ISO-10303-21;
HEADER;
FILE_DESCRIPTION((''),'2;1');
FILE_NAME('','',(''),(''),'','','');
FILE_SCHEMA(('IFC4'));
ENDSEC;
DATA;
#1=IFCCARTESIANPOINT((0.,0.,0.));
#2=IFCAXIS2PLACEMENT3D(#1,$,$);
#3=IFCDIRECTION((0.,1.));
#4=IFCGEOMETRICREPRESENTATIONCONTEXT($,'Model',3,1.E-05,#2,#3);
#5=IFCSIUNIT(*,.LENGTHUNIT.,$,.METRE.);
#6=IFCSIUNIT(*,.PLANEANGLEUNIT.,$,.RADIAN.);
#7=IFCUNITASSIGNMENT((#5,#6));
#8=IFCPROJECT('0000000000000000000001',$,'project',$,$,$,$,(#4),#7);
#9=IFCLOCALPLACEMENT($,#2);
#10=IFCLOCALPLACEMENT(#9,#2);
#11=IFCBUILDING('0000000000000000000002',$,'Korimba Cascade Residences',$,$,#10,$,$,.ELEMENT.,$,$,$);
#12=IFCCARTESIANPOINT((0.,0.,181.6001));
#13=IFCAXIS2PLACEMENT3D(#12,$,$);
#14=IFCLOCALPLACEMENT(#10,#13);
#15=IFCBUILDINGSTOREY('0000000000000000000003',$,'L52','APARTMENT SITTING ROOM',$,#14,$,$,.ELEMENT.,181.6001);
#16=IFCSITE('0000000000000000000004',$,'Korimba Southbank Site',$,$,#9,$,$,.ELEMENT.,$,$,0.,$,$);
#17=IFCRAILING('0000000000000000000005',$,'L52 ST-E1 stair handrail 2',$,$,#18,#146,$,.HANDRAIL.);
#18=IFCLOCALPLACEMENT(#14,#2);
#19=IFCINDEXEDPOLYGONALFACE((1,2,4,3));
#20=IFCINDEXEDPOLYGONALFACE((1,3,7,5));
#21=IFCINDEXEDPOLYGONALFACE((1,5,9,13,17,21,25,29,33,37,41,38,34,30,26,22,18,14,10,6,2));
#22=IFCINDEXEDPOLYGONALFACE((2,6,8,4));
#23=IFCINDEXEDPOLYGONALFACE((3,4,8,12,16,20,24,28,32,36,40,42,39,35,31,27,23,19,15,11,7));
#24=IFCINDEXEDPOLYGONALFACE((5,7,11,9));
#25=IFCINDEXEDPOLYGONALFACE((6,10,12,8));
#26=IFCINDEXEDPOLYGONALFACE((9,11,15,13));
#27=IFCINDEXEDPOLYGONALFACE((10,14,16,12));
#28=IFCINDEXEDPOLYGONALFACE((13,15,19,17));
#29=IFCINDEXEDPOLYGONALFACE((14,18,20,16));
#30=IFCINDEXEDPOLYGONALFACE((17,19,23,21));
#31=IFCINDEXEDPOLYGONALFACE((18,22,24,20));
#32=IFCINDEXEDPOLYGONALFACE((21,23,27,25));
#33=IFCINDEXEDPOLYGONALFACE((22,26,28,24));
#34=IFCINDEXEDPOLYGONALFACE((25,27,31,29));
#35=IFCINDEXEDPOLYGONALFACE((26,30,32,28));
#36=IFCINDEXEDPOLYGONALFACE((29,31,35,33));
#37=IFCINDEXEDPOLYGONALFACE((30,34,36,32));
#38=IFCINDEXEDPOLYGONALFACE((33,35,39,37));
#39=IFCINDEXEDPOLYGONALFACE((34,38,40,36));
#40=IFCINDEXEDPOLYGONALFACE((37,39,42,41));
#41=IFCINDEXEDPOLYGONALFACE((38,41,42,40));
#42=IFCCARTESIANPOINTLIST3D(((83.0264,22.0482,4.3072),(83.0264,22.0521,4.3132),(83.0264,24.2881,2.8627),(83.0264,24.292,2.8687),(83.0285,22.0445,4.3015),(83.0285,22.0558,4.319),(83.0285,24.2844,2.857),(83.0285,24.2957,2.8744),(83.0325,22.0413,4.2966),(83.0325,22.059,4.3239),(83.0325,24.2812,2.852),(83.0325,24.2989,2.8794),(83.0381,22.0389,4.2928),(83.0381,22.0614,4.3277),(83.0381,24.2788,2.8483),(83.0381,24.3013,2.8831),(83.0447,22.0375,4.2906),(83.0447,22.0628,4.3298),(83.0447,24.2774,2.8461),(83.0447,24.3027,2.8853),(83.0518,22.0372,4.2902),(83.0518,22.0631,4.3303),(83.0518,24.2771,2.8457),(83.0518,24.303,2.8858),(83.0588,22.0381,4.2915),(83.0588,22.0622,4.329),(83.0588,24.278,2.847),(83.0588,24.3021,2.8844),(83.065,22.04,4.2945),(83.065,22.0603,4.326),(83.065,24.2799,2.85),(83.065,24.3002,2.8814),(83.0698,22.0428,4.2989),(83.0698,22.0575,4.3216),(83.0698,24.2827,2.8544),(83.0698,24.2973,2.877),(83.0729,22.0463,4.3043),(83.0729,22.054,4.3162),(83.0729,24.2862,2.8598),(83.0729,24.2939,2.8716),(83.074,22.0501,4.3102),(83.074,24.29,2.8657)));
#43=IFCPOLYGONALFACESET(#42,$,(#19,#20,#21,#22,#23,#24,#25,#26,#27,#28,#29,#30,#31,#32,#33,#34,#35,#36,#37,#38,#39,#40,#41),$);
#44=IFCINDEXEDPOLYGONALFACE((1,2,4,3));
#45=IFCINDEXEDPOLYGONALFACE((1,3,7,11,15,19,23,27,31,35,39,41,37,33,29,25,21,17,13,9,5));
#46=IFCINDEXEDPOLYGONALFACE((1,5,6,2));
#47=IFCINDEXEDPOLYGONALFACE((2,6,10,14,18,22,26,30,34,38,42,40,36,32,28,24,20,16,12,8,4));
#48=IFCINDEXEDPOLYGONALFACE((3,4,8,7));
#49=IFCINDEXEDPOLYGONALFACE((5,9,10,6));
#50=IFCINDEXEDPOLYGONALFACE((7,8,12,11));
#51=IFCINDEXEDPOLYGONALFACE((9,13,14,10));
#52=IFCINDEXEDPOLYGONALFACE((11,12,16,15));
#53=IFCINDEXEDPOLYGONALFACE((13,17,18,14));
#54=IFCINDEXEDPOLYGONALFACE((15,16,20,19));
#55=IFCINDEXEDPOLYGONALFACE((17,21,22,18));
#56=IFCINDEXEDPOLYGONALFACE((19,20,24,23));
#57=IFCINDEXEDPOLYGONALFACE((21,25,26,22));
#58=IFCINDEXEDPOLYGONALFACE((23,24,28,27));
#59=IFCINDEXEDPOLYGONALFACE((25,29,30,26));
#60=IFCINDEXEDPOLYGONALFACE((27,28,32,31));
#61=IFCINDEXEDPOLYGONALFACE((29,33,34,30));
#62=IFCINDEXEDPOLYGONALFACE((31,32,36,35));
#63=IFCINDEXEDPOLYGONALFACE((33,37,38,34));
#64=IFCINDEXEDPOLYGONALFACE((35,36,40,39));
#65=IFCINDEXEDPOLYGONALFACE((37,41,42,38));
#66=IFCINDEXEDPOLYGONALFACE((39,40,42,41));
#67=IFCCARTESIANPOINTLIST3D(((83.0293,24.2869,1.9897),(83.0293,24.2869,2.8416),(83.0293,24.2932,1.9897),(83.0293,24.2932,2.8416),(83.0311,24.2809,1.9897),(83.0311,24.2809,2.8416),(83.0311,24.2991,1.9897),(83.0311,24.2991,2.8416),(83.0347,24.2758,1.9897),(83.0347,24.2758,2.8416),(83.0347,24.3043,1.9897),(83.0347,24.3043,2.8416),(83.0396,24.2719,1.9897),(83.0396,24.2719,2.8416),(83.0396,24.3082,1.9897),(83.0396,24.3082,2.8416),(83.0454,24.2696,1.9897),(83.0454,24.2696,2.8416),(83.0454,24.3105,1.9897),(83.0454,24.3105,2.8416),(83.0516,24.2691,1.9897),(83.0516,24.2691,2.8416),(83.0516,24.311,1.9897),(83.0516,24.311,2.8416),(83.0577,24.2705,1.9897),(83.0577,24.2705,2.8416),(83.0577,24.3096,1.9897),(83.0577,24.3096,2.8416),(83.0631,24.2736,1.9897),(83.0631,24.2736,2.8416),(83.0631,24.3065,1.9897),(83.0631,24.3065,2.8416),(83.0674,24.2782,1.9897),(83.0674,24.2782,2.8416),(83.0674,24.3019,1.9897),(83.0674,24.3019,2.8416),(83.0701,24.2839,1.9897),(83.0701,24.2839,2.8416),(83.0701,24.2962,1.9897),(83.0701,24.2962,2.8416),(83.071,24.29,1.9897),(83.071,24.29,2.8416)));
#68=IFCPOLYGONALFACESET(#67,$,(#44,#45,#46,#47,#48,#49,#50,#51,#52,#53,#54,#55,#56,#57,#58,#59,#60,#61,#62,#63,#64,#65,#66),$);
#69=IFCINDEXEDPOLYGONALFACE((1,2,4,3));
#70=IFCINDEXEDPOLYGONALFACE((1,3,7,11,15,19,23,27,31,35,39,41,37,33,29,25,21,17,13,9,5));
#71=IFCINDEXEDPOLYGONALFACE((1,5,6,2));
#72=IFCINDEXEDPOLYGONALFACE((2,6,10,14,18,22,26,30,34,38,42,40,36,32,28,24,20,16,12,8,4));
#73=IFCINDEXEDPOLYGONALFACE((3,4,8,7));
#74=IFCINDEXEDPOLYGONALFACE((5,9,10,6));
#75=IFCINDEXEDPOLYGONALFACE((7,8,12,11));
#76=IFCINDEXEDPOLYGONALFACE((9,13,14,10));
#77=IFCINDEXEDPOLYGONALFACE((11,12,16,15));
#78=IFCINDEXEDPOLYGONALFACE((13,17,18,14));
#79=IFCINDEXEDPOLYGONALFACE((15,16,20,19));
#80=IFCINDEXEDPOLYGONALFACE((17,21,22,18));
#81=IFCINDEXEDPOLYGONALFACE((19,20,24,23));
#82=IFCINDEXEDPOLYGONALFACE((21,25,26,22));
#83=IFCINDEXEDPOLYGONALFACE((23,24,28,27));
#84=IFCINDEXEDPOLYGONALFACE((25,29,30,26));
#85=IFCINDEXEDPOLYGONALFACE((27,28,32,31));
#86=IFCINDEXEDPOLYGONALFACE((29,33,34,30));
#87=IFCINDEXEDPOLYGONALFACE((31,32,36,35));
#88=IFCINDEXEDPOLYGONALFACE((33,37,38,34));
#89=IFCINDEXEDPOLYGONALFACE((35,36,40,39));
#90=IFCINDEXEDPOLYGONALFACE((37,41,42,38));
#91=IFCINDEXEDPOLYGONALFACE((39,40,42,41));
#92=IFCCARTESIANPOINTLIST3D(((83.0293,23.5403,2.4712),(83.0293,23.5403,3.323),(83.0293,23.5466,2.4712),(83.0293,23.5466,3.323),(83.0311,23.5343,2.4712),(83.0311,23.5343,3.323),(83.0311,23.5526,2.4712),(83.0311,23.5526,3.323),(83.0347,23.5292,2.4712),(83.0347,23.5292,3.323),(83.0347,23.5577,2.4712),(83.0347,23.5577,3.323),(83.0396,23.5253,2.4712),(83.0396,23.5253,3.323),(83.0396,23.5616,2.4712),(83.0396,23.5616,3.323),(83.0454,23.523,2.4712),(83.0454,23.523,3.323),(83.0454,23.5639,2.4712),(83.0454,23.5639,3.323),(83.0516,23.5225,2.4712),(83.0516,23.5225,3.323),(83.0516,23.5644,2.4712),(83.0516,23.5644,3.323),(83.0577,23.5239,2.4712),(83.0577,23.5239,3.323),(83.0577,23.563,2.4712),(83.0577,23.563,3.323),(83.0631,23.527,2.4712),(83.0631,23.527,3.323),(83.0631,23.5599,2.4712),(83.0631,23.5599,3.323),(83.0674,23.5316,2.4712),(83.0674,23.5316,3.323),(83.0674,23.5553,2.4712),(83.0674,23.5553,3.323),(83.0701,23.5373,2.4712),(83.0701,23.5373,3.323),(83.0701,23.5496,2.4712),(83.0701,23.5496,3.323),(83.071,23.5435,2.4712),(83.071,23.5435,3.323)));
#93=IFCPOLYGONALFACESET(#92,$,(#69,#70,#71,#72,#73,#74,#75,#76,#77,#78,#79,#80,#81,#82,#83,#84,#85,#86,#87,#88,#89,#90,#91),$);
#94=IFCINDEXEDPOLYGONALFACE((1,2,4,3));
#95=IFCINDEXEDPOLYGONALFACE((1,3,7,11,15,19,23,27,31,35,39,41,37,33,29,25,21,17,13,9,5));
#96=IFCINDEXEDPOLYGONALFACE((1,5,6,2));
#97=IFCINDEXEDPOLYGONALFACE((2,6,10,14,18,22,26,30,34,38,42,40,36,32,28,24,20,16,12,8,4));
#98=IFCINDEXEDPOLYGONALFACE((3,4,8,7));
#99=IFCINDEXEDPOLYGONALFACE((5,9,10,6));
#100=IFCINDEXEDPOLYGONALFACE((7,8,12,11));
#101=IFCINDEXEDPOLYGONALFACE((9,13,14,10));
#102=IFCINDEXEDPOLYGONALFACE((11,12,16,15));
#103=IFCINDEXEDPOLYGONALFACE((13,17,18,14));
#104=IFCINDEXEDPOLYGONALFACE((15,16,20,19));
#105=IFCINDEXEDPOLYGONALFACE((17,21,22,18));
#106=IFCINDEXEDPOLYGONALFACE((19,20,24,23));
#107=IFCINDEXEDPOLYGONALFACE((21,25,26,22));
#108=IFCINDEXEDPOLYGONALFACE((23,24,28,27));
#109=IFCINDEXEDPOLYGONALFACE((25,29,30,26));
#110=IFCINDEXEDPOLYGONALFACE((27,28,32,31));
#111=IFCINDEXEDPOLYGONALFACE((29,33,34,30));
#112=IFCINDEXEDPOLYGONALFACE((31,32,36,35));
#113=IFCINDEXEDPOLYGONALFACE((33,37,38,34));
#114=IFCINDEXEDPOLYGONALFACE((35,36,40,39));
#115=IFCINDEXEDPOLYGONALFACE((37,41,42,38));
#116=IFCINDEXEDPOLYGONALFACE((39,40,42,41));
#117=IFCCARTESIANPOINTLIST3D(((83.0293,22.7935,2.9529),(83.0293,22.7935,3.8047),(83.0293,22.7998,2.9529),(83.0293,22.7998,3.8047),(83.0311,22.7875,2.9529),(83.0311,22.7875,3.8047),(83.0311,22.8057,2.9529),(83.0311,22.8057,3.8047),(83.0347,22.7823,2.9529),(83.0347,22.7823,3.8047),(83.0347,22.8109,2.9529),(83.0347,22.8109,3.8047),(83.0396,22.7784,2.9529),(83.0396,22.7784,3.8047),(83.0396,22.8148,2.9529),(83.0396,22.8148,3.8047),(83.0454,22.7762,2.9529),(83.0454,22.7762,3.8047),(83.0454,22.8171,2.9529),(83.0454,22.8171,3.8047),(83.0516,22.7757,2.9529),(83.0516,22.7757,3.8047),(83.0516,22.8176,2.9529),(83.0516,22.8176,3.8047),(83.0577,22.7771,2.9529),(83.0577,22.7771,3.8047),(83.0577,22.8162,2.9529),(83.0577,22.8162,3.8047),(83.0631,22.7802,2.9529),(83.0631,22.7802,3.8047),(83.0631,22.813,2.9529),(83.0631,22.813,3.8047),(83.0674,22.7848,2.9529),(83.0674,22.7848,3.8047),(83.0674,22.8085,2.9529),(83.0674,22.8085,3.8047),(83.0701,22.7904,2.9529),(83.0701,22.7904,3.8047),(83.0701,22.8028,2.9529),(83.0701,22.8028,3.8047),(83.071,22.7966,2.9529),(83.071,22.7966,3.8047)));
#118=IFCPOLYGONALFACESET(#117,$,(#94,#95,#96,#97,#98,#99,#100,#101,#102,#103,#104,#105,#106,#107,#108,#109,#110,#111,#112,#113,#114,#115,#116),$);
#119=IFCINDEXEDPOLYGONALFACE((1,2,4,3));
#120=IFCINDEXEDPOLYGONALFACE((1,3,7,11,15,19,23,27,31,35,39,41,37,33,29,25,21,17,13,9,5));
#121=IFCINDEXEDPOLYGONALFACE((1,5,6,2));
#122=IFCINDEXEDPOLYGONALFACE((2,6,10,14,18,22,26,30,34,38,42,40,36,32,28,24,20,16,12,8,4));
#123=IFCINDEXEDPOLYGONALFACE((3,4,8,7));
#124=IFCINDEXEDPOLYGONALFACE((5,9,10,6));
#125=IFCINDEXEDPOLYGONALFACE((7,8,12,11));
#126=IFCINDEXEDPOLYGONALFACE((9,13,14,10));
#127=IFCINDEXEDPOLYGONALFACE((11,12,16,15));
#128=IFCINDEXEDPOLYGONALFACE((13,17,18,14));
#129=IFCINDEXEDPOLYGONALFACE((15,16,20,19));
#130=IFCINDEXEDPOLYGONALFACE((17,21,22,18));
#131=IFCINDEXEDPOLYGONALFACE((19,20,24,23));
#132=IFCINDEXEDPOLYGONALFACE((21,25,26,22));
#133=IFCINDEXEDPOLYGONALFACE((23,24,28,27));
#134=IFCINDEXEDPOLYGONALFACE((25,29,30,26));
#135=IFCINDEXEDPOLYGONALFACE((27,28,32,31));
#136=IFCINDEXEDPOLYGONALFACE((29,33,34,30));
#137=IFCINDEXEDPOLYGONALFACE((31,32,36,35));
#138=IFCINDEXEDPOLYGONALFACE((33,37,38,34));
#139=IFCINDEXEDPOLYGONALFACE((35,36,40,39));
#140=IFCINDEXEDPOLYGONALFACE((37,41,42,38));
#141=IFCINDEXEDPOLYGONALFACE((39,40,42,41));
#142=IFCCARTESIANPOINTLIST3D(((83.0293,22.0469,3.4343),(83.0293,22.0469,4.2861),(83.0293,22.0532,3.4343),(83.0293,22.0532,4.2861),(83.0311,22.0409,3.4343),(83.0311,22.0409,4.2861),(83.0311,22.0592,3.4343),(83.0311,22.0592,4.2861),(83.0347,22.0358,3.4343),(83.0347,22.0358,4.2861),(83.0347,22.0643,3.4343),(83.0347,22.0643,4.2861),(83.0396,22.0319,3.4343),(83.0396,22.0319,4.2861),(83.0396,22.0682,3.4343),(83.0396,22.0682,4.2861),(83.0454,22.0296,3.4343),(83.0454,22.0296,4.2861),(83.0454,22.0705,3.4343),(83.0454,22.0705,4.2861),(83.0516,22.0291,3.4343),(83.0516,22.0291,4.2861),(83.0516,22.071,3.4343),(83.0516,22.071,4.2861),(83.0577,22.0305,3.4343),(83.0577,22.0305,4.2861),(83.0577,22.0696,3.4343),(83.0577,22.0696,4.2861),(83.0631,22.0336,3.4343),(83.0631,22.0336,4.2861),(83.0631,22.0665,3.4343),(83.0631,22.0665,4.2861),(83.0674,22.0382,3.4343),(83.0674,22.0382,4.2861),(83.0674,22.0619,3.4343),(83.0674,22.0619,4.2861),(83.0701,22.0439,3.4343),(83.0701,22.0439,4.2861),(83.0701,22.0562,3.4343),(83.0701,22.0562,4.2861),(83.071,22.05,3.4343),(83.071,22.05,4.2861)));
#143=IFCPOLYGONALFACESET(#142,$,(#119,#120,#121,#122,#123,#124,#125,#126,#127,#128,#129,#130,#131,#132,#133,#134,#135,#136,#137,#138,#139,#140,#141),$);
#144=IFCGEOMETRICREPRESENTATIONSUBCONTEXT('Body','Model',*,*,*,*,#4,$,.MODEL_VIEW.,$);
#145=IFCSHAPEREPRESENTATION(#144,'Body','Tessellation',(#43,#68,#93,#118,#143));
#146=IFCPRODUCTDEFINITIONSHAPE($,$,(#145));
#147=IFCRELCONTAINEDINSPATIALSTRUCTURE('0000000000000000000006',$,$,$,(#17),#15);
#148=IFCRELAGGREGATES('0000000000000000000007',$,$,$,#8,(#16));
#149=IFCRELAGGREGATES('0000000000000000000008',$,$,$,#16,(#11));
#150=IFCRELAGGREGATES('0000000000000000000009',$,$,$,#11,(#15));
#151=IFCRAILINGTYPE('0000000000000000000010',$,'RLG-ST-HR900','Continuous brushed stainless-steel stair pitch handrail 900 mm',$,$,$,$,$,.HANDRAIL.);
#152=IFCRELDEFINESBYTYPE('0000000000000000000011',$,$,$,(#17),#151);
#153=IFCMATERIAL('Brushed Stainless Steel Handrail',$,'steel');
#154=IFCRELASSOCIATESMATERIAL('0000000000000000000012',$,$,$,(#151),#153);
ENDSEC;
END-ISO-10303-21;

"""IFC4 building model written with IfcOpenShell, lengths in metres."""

from ifc_helpers import new_model, si_unit, direction, frame, origin, origin_2d, place, context, subcontext, project, spatial, circle, extrude, material, type_object, element, save


model = new_model("IFC4")

# Units and contexts
model_context = context("Model", 3, precision=1e-05, world=origin(), true_north=direction((0.0, 1.0)))
body_context = subcontext(model_context, "Body", "Model", "MODEL_VIEW")
ifc_project = project(units=[si_unit("LENGTHUNIT", "METRE"), si_unit("PLANEANGLEUNIT", "RADIAN")], contexts=[model_context])

# Site, building, storey
site_placement = place(None, origin())
site = spatial("IfcSite", under=ifc_project, at=site_placement, Name="Korimba Southbank Site", CompositionType="ELEMENT", RefElevation=0.0)
building_placement = place(site_placement, origin())
building = spatial("IfcBuilding", under=site, at=building_placement, Name="Korimba Cascade Residences", CompositionType="ELEMENT")
storey_placement = place(building_placement, frame((0.0, 0.0, 181.6001)))
storey = spatial("IfcBuildingStorey", under=building, at=storey_placement, Name="L52", Description="APARTMENT SITTING ROOM", CompositionType="ELEMENT", Elevation=181.6001)

# Railing
ifc_material_1 = material(Name="Brushed Stainless Steel Handrail", Category="steel")
railing_type_1 = type_object("IfcRailingType", Name="RLG-ST-HR900", Description="Continuous brushed stainless-steel stair pitch handrail 900 mm", PredefinedType="HANDRAIL", material=ifc_material_1)
railing_1_placement = place(storey_placement, frame((83.05, 24.29, 1.9897)))
element("IfcRailing", 1, at=railing_1_placement, inside=storey, type_object=railing_type_1, Name="L52 ST-E1 stair handrail 2", PredefinedType="HANDRAIL", context=body_context, shape_type="SweptSolid", body=[
    extrude(circle(Radius=0.0239, at=origin_2d()), frame((0.0, 0.0, 0.876), z_axis=(0.0, -0.840395, 0.541975), x_axis=(1.0, 0.0, 0.0)), (0.0, 0.0, 1.0), 2.6653),
    extrude(circle(Radius=0.021, at=origin_2d()), origin(), (0.0, 0.0, 1.0), 0.8518),
    extrude(circle(Radius=0.021, at=origin_2d()), frame((0.0, -0.7466, 0.4814)), (0.0, 0.0, 1.0), 0.8518),
    extrude(circle(Radius=0.021, at=origin_2d()), frame((0.0, -1.4934, 0.9631)), (0.0, 0.0, 1.0), 0.8518),
    extrude(circle(Radius=0.021, at=origin_2d()), frame((0.0, -2.24, 1.4446)), (0.0, 0.0, 1.0), 0.8518),
])

save(model, "model.ifc")
